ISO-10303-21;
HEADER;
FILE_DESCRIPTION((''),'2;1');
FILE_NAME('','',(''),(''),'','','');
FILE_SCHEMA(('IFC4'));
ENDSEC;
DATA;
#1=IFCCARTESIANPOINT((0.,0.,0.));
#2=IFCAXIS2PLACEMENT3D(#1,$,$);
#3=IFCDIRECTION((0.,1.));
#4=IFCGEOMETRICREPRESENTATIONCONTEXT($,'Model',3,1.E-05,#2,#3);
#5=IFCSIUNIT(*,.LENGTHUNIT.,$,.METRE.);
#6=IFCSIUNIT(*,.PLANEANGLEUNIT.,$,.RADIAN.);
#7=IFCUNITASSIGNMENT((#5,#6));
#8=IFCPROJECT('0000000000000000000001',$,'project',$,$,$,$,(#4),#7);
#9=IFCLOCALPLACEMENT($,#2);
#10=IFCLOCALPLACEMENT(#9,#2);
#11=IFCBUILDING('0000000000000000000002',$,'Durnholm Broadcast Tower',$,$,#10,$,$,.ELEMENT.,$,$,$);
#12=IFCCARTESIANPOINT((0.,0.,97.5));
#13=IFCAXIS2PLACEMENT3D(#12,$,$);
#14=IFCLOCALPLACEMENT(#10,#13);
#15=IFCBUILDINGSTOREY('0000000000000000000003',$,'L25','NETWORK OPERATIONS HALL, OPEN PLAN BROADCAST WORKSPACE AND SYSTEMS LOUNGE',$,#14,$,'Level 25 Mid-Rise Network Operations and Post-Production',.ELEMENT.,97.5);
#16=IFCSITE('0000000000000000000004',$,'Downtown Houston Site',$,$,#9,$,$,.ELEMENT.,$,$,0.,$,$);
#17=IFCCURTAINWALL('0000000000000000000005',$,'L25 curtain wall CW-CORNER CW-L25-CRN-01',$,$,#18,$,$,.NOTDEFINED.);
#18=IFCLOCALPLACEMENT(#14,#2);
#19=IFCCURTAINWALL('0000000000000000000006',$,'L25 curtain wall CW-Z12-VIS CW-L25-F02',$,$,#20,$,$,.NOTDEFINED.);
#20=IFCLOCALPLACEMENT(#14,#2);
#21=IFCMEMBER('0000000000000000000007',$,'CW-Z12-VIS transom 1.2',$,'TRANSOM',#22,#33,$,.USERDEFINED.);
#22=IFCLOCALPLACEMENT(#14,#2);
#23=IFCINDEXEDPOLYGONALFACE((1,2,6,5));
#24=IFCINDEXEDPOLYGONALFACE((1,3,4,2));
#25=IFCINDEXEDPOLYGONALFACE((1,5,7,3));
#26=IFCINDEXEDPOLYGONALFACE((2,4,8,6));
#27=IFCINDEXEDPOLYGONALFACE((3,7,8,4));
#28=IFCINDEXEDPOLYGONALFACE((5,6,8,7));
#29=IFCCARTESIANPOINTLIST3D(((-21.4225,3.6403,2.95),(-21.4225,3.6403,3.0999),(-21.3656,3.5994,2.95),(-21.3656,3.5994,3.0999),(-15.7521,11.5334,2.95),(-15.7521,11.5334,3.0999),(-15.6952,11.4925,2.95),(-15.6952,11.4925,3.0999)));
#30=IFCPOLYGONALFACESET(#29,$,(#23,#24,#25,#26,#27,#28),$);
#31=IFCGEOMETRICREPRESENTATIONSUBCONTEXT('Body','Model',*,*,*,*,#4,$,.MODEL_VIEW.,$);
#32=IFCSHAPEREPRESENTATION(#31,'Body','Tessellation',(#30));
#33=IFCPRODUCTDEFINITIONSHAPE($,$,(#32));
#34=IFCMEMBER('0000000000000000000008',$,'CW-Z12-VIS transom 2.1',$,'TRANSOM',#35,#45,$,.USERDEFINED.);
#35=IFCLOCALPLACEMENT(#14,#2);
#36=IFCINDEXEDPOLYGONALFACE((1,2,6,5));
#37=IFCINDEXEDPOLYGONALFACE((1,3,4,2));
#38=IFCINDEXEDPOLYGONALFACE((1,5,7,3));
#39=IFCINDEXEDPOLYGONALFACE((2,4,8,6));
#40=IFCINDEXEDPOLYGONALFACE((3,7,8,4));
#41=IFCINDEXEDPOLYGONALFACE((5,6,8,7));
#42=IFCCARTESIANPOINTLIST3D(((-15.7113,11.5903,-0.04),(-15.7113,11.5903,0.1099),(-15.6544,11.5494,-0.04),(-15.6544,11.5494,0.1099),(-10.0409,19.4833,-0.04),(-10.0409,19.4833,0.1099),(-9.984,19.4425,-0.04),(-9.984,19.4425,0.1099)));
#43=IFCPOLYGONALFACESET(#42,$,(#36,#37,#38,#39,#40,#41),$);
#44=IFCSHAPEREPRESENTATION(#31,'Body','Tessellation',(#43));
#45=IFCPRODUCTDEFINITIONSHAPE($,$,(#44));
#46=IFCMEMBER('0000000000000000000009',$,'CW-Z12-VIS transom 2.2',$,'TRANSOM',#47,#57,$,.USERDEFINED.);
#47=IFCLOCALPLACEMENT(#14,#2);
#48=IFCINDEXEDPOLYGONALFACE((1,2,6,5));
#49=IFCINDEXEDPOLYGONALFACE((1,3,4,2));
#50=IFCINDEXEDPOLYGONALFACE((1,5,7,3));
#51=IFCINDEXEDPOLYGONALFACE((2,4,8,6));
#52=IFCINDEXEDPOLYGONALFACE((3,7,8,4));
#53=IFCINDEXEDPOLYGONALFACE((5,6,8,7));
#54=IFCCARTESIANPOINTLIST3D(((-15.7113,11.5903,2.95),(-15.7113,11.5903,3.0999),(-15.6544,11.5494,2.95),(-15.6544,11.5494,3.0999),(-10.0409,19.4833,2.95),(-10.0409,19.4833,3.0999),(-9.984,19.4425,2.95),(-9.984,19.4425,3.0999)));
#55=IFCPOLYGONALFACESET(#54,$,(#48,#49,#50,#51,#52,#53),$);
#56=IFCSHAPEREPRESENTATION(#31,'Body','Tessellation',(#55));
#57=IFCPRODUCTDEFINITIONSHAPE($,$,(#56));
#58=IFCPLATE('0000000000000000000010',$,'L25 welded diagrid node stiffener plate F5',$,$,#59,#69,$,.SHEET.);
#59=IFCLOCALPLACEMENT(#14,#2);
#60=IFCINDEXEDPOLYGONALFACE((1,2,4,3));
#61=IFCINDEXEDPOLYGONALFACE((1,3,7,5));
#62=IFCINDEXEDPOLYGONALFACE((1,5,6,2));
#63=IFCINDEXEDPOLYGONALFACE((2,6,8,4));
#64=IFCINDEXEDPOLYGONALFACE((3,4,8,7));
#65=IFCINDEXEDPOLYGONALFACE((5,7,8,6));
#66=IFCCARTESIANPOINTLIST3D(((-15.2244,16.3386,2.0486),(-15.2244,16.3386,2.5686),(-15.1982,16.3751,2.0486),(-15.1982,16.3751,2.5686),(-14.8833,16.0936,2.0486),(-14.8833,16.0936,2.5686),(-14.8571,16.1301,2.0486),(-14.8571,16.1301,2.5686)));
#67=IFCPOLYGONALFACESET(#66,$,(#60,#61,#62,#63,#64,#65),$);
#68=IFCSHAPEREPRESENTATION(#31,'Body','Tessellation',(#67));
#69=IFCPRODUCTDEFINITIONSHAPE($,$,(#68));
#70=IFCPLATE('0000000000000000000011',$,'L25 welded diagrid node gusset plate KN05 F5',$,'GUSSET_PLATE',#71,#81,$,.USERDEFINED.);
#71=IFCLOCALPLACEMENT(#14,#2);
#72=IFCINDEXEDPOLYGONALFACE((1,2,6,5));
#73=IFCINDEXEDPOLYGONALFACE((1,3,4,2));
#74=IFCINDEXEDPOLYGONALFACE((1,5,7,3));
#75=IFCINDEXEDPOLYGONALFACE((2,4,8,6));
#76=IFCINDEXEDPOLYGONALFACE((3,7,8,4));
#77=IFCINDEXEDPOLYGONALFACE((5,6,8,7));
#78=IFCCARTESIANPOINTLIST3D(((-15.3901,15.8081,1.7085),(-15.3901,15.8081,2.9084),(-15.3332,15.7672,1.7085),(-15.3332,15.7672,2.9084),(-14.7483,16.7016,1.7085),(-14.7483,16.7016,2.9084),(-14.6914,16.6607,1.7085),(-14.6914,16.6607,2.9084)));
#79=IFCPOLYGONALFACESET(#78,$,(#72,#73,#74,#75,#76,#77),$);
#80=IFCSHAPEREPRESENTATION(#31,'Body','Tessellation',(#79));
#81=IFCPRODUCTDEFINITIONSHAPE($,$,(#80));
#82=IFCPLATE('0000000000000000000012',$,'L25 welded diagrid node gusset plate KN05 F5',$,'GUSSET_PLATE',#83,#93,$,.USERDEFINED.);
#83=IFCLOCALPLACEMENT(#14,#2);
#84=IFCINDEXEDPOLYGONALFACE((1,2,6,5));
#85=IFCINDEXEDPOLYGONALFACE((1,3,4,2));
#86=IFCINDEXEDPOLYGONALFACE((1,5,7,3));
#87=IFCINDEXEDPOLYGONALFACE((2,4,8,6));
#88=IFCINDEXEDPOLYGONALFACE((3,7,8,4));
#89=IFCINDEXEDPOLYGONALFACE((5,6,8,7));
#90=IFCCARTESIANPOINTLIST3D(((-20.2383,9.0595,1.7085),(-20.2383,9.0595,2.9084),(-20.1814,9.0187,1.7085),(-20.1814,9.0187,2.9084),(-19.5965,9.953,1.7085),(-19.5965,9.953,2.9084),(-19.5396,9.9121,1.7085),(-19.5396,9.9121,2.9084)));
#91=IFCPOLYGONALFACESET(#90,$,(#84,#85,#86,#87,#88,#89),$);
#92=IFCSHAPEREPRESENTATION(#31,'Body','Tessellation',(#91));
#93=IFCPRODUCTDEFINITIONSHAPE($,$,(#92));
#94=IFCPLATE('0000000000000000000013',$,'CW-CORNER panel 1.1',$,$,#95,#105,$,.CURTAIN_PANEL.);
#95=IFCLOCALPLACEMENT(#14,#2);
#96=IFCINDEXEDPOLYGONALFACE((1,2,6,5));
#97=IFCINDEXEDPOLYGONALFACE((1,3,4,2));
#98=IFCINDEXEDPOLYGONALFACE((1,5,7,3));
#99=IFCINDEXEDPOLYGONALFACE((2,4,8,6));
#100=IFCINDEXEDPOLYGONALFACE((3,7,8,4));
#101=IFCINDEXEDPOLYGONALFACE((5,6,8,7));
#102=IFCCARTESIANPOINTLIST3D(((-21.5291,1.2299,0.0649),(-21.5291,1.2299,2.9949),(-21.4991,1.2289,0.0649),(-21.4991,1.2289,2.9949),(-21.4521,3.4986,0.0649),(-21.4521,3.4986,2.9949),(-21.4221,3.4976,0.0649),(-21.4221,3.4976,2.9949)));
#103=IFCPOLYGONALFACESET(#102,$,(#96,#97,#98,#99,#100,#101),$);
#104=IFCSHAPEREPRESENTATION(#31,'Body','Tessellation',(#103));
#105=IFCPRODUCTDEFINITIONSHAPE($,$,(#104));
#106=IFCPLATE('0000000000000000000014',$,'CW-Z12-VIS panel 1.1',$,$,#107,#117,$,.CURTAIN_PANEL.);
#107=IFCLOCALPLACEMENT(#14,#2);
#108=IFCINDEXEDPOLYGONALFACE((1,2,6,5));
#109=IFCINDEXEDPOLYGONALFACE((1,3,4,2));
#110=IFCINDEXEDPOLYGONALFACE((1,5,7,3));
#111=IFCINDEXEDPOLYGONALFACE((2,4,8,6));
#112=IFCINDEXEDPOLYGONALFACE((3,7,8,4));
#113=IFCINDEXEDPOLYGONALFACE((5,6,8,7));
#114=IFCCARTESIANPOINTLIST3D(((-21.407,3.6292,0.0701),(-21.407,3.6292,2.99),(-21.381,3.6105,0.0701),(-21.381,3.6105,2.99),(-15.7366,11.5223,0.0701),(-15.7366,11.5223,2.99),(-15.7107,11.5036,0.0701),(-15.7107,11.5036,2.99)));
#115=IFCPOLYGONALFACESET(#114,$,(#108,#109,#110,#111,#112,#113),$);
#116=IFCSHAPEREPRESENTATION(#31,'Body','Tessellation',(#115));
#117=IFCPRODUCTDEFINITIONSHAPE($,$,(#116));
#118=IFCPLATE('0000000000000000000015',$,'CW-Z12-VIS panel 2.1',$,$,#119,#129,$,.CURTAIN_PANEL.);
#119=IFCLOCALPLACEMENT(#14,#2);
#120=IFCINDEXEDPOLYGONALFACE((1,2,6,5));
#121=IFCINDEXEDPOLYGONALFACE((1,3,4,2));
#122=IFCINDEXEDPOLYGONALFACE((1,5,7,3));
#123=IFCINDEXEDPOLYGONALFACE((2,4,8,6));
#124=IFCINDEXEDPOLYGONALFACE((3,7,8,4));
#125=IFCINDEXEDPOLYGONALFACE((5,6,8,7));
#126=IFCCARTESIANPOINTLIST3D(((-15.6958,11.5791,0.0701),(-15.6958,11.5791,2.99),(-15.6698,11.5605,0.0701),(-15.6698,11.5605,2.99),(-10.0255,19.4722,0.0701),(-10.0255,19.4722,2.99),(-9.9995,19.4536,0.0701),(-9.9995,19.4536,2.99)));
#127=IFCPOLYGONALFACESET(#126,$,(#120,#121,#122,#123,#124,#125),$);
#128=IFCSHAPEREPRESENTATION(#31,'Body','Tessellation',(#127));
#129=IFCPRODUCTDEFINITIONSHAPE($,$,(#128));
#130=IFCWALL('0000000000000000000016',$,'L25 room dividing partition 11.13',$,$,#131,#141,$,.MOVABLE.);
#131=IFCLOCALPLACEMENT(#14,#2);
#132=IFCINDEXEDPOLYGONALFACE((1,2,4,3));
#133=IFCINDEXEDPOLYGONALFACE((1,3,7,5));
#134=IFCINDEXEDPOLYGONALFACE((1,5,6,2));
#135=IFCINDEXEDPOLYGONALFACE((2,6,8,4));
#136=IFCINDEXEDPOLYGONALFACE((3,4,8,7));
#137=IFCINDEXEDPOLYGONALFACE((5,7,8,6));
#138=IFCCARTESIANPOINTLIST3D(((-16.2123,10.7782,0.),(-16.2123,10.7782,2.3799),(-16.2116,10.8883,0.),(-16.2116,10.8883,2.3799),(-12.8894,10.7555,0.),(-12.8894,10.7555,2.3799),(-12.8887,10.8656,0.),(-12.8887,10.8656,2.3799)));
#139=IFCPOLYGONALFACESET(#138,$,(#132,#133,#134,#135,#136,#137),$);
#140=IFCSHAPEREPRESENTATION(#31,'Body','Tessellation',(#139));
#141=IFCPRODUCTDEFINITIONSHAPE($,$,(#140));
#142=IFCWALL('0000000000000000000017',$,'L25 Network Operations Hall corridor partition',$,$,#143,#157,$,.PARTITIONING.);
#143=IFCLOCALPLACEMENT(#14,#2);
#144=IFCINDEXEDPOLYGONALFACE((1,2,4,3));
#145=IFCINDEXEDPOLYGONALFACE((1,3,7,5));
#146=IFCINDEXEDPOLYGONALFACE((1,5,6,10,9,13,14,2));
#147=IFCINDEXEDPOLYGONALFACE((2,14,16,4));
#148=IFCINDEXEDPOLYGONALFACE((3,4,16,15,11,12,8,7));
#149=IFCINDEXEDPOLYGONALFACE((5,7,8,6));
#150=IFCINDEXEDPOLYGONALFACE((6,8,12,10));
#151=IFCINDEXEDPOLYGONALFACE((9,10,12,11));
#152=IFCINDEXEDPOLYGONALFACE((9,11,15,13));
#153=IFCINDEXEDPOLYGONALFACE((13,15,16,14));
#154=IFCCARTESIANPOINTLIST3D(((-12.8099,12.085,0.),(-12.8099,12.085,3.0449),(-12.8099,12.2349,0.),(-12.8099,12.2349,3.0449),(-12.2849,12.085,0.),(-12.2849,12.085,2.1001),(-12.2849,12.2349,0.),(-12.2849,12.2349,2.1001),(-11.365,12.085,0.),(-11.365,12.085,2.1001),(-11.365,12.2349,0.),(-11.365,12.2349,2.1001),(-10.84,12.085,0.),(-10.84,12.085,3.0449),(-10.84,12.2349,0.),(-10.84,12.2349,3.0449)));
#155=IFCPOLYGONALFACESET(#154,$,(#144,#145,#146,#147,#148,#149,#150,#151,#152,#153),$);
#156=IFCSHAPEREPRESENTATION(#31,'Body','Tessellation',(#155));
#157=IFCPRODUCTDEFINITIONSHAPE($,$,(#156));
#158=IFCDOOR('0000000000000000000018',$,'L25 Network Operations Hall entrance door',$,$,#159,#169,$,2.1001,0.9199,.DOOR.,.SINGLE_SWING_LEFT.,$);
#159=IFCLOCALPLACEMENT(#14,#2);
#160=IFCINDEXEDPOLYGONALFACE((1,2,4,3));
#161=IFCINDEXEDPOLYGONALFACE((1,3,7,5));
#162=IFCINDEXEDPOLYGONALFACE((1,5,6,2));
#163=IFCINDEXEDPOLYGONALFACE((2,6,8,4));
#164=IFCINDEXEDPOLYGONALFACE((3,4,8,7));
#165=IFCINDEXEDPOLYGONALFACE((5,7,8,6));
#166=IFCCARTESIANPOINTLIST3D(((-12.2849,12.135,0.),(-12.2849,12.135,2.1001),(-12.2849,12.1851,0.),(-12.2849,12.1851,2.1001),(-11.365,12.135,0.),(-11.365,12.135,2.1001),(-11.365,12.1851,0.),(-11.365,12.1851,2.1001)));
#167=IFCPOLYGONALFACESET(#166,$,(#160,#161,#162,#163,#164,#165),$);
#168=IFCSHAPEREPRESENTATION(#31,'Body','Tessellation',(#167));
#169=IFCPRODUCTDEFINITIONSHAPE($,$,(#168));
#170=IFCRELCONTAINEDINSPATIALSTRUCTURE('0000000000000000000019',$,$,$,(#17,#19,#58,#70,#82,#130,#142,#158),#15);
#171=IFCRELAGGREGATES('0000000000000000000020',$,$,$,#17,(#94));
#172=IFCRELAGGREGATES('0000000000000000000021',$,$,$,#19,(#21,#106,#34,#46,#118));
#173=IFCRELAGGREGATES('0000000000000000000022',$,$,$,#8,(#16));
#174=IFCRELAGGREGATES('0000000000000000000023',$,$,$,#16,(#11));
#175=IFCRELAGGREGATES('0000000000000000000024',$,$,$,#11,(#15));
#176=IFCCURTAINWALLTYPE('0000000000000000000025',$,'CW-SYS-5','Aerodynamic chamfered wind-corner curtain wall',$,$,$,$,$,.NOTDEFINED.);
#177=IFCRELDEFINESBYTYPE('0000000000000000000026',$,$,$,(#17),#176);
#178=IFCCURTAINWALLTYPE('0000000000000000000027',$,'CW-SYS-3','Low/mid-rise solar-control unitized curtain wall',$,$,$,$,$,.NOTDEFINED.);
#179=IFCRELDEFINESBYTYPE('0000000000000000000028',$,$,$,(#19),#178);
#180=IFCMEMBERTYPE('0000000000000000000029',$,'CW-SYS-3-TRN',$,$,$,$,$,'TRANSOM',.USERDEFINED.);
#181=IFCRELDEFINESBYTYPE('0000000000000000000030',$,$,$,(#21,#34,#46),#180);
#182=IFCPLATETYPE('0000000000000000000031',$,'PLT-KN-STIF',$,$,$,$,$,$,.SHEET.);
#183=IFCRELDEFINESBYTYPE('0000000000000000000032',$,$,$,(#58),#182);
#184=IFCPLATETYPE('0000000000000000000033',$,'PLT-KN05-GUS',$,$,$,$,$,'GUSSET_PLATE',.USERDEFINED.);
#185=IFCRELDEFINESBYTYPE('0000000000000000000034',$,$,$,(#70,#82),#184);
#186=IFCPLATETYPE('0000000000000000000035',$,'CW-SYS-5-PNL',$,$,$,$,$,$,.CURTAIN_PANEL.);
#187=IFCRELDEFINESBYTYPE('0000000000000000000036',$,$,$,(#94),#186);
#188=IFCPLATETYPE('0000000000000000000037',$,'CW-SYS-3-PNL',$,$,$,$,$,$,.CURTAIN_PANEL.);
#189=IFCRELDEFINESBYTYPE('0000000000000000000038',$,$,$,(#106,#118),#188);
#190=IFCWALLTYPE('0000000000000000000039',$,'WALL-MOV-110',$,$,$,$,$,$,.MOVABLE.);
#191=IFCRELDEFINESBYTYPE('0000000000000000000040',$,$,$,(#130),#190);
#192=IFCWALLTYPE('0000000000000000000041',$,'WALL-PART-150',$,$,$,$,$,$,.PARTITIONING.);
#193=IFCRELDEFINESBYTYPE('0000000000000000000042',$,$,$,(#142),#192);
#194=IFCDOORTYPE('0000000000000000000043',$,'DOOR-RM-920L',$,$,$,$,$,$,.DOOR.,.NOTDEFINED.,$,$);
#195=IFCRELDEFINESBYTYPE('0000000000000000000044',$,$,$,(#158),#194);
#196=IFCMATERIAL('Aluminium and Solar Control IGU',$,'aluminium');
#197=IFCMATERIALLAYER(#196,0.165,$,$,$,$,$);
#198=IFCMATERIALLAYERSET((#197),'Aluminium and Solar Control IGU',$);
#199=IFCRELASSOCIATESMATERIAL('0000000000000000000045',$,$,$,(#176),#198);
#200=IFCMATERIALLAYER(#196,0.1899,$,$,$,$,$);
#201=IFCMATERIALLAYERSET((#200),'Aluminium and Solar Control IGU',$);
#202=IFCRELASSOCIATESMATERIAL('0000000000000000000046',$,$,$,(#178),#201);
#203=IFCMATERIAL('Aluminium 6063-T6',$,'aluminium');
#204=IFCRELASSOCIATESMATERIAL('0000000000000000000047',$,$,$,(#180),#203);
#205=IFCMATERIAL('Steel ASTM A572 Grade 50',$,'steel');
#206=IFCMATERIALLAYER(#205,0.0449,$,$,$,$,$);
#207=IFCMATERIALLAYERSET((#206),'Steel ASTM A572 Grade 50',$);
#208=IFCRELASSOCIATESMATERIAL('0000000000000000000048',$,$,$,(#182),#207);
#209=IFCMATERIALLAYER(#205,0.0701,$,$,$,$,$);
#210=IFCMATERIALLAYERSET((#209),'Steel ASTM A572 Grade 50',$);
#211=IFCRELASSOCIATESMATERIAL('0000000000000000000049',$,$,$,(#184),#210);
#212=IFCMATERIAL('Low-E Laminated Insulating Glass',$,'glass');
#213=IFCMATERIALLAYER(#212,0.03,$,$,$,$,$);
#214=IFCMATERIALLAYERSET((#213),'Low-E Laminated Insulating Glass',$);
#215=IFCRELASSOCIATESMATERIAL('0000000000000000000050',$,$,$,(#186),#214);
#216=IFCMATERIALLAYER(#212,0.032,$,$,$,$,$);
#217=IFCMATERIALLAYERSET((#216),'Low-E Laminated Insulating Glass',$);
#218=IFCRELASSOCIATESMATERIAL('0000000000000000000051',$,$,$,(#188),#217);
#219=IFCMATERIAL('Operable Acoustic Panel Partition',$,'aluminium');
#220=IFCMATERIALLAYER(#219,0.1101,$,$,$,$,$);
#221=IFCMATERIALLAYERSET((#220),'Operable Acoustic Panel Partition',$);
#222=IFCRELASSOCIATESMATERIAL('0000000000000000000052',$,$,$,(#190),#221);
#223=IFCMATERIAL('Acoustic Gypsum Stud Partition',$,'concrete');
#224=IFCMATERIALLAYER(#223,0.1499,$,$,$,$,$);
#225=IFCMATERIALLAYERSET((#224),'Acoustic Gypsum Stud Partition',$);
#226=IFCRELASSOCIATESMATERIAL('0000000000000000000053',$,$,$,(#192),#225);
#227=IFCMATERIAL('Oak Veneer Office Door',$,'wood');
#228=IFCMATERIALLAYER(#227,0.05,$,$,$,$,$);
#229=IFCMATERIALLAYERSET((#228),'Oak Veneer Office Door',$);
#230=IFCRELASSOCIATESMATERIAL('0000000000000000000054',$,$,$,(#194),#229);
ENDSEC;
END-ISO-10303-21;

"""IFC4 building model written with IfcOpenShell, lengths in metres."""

from ifc_helpers import new_model, si_unit, direction, frame, frame_2d, origin, origin_2d, place, context, subcontext, project, spatial, rectangle, extrude, source, transform, mapped, material, layer, layer_set, material_profile, profile_set, type_object, type_shapes, element, fill, aggregate, save


model = new_model("IFC4")

# Units and contexts
model_context = context("Model", 3, precision=1e-05, world=origin(), true_north=direction((0.0, 1.0)))
body_context = subcontext(model_context, "Body", "Model", "MODEL_VIEW")
ifc_project = project(units=[si_unit("LENGTHUNIT", "METRE"), si_unit("PLANEANGLEUNIT", "RADIAN")], contexts=[model_context])

# Site, building, storey
site_placement = place(None, origin())
site = spatial("IfcSite", under=ifc_project, at=site_placement, Name="Downtown Houston Site", CompositionType="ELEMENT", RefElevation=0.0)
building_placement = place(site_placement, origin())
building = spatial("IfcBuilding", under=site, at=building_placement, Name="Durnholm Broadcast Tower", CompositionType="ELEMENT")
storey_placement = place(building_placement, frame((0.0, 0.0, 97.5)))
storey = spatial("IfcBuildingStorey", under=building, at=storey_placement, Name="L25", Description="NETWORK OPERATIONS HALL, OPEN PLAN BROADCAST WORKSPACE AND SYSTEMS LOUNGE", LongName="Level 25 Mid-Rise Network Operations and Post-Production", CompositionType="ELEMENT", Elevation=97.5)

# Curtain wall
ifc_material_1 = material(Name="Aluminium and Solar Control IGU", Category="aluminium")
ifc_layer_1 = layer(ifc_material_1, 0.165)
ifc_layer_set_1 = layer_set([ifc_layer_1], Name="Aluminium and Solar Control IGU")
curtain_wall_type_1 = type_object("IfcCurtainWallType", Name="CW-SYS-5", Description="Aerodynamic chamfered wind-corner curtain wall", PredefinedType="NOTDEFINED", material=ifc_layer_set_1)
curtain_wall_1_placement = place(storey_placement, origin())
curtain_wall_1 = element("IfcCurtainWall", 1, at=curtain_wall_1_placement, inside=storey, type_object=curtain_wall_type_1, Name="L25 curtain wall CW-CORNER CW-L25-CRN-01", PredefinedType="NOTDEFINED")
ifc_material_2 = material(Name="Aluminium 6063-T6", Category="aluminium")

# Curtain wall
ifc_layer_2 = layer(ifc_material_1, 0.1899)
ifc_layer_set_2 = layer_set([ifc_layer_2], Name="Aluminium and Solar Control IGU")
curtain_wall_type_2 = type_object("IfcCurtainWallType", Name="CW-SYS-3", Description="Low/mid-rise solar-control unitized curtain wall", PredefinedType="NOTDEFINED", material=ifc_layer_set_2)
curtain_wall_2_placement = place(storey_placement, origin())
curtain_wall_2 = element("IfcCurtainWall", 2, at=curtain_wall_2_placement, inside=storey, type_object=curtain_wall_type_2, Name="L25 curtain wall CW-Z12-VIS CW-L25-F02", PredefinedType="NOTDEFINED")

# Members
ifc_material_profile_1 = material_profile(ifc_material_2, rectangle(XDim=0.0701, YDim=0.1499, at=origin_2d()), Name="CWT70X150")
ifc_profile_set_1 = profile_set([ifc_material_profile_1], Name="Aluminium 6063-T6")
member_type_1 = type_object("IfcMemberType", Name="CW-SYS-3-TRN", ElementType="TRANSOM", PredefinedType="USERDEFINED", material=ifc_profile_set_1)
shared_shape_1 = source(origin(), body_context, "Body", "SweptSolid", [
    extrude(rectangle(XDim=0.0701, YDim=0.1499, at=origin_2d()), origin(), (0.0, 0.0, 1.0), 9.7188),
])
type_shapes(member_type_1, [shared_shape_1])
member_1_placement = place(storey_placement, frame((-21.394, 3.6199, 3.0249), z_axis=(0.583451, 0.812149, 0.0), x_axis=(-0.812149, 0.583451, 0.0)))
member_1 = element("IfcMember", 3, at=member_1_placement, type_object=member_type_1, Name="CW-Z12-VIS transom 1.2", ObjectType="TRANSOM", PredefinedType="USERDEFINED", context=body_context, shape_type="MappedRepresentation", body=[
    mapped(shared_shape_1, transform((0.0, 0.0, 0.0), x_axis=(1.0, 0.0, 0.0), y_axis=(0.0, 1.0, 0.0), z_axis=(0.0, 0.0, 1.0), scale=1.0)),
])
member_2_placement = place(storey_placement, frame((-15.6829, 11.5698, 0.0349), z_axis=(0.583451, 0.812149, 0.0), x_axis=(-0.812149, 0.583451, 0.0)))
member_2 = element("IfcMember", 4, at=member_2_placement, type_object=member_type_1, Name="CW-Z12-VIS transom 2.1", ObjectType="TRANSOM", PredefinedType="USERDEFINED", context=body_context, shape_type="MappedRepresentation", body=[
    mapped(shared_shape_1, transform((0.0, 0.0, 0.0), x_axis=(1.0, 0.0, 0.0), y_axis=(0.0, 1.0, 0.0), z_axis=(0.0, 0.0, 1.0), scale=1.0)),
])
member_3_placement = place(storey_placement, frame((-15.6829, 11.5698, 3.0249), z_axis=(0.583451, 0.812149, 0.0), x_axis=(-0.812149, 0.583451, 0.0)))
member_3 = element("IfcMember", 5, at=member_3_placement, type_object=member_type_1, Name="CW-Z12-VIS transom 2.2", ObjectType="TRANSOM", PredefinedType="USERDEFINED", context=body_context, shape_type="MappedRepresentation", body=[
    mapped(shared_shape_1, transform((0.0, 0.0, 0.0), x_axis=(1.0, 0.0, 0.0), y_axis=(0.0, 1.0, 0.0), z_axis=(0.0, 0.0, 1.0), scale=1.0)),
])

# Plates
ifc_material_3 = material(Name="Steel ASTM A572 Grade 50", Category="steel")
ifc_layer_3 = layer(ifc_material_3, 0.0449)
ifc_layer_set_3 = layer_set([ifc_layer_3], Name="Steel ASTM A572 Grade 50")
plate_type_1 = type_object("IfcPlateType", Name="PLT-KN-STIF", PredefinedType="SHEET", material=ifc_layer_set_3)
shared_shape_2 = source(origin(), body_context, "Body", "SweptSolid", [
    extrude(rectangle(XDim=0.0449, YDim=0.4199, at=origin_2d()), origin(), (0.0, 0.0, 1.0), 0.52),
])
type_shapes(plate_type_1, [shared_shape_2])
plate_1_placement = place(storey_placement, frame((-15.0408, 16.2344, 2.0486), z_axis=(0.0, 0.0, 1.0), x_axis=(-0.583399, -0.812185, 0.0)))
element("IfcPlate", 6, at=plate_1_placement, inside=storey, type_object=plate_type_1, Name="L25 welded diagrid node stiffener plate F5", PredefinedType="SHEET", context=body_context, shape_type="MappedRepresentation", body=[
    mapped(shared_shape_2, transform((0.0, 0.0, 0.0), x_axis=(1.0, 0.0, 0.0), y_axis=(0.0, 1.0, 0.0), z_axis=(0.0, 0.0, 1.0), scale=1.0)),
])
ifc_layer_4 = layer(ifc_material_3, 0.0701)
ifc_layer_set_4 = layer_set([ifc_layer_4], Name="Steel ASTM A572 Grade 50")
plate_type_2 = type_object("IfcPlateType", Name="PLT-KN05-GUS", ElementType="GUSSET_PLATE", PredefinedType="USERDEFINED", material=ifc_layer_set_4)
shared_shape_3 = source(origin(), body_context, "Body", "SweptSolid", [
    extrude(rectangle(XDim=1.1001, YDim=0.0701, at=origin_2d()), origin(), (0.0, 0.0, 1.0), 1.2),
])
type_shapes(plate_type_2, [shared_shape_3])
for number, where, z_axis, x_axis, name in (
    (7, (-15.0408, 16.2344, 1.7085), (0.0, 0.0, 1.0), (-0.583399, -0.812185, 0.0), "L25 welded diagrid node gusset plate KN05 F5"),
    (8, (-19.8889, 9.4858, 1.7085), (0.0, 0.0, 1.0), (-0.583399, -0.812185, 0.0), "L25 welded diagrid node gusset plate KN05 F5"),
):
    element("IfcPlate", number, at=place(storey_placement, frame(where, z_axis=z_axis, x_axis=x_axis)), inside=storey, type_object=plate_type_2, Name=name, ObjectType="GUSSET_PLATE", PredefinedType="USERDEFINED", context=body_context, shape_type="MappedRepresentation", body=[
        mapped(shared_shape_3, transform((0.0, 0.0, 0.0), x_axis=(1.0, 0.0, 0.0), y_axis=(0.0, 1.0, 0.0), z_axis=(0.0, 0.0, 1.0), scale=1.0)),
    ])

# Plates
ifc_material_4 = material(Name="Low-E Laminated Insulating Glass", Category="glass")
ifc_layer_5 = layer(ifc_material_4, 0.03)
ifc_layer_set_5 = layer_set([ifc_layer_5], Name="Low-E Laminated Insulating Glass")
plate_type_3 = type_object("IfcPlateType", Name="CW-SYS-5-PNL", PredefinedType="CURTAIN_PANEL", material=ifc_layer_set_5)
shared_shape_4 = source(origin(), body_context, "Body", "SweptSolid", [
    extrude(rectangle(XDim=2.27, YDim=0.03, at=origin_2d()), origin(), (0.0, 0.0, 1.0), 2.9299),
])
type_shapes(plate_type_3, [shared_shape_4])
plate_2_placement = place(storey_placement, frame((-21.4756, 2.3638, 0.0649), z_axis=(0.0, 0.0, 1.0), x_axis=(0.033917, 0.999425, 0.0)))
plate_2 = element("IfcPlate", 9, at=plate_2_placement, type_object=plate_type_3, Name="CW-CORNER panel 1.1", PredefinedType="CURTAIN_PANEL", context=body_context, shape_type="MappedRepresentation", body=[
    mapped(shared_shape_4, transform((0.0, 0.0, 0.0), x_axis=(1.0, 0.0, 0.0), y_axis=(0.0, 1.0, 0.0), z_axis=(0.0, 0.0, 1.0), scale=1.0)),
])
aggregate(curtain_wall_1, [plate_2])
ifc_layer_6 = layer(ifc_material_4, 0.032)
ifc_layer_set_6 = layer_set([ifc_layer_6], Name="Low-E Laminated Insulating Glass")
plate_type_4 = type_object("IfcPlateType", Name="CW-SYS-3-PNL", PredefinedType="CURTAIN_PANEL", material=ifc_layer_set_6)
shared_shape_5 = source(origin(), body_context, "Body", "SweptSolid", [
    extrude(rectangle(XDim=9.7188, YDim=0.032, at=origin_2d()), origin(), (0.0, 0.0, 1.0), 2.9199),
])
type_shapes(plate_type_4, [shared_shape_5])
plate_3_placement = place(storey_placement, frame((-18.5588, 7.5664, 0.0701), z_axis=(0.0, 0.0, 1.0), x_axis=(0.583445, 0.812152, 0.0)))
plate_3 = element("IfcPlate", 10, at=plate_3_placement, type_object=plate_type_4, Name="CW-Z12-VIS panel 1.1", PredefinedType="CURTAIN_PANEL", context=body_context, shape_type="MappedRepresentation", body=[
    mapped(shared_shape_5, transform((0.0, 0.0, 0.0), x_axis=(1.0, 0.0, 0.0), y_axis=(0.0, 1.0, 0.0), z_axis=(0.0, 0.0, 1.0), scale=1.0)),
])
plate_4_placement = place(storey_placement, frame((-12.8477, 15.5164, 0.0701), z_axis=(0.0, 0.0, 1.0), x_axis=(0.583445, 0.812152, 0.0)))
plate_4 = element("IfcPlate", 11, at=plate_4_placement, type_object=plate_type_4, Name="CW-Z12-VIS panel 2.1", PredefinedType="CURTAIN_PANEL", context=body_context, shape_type="MappedRepresentation", body=[
    mapped(shared_shape_5, transform((0.0, 0.0, 0.0), x_axis=(1.0, 0.0, 0.0), y_axis=(0.0, 1.0, 0.0), z_axis=(0.0, 0.0, 1.0), scale=1.0)),
])
aggregate(curtain_wall_2, [member_1, plate_3, member_2, member_3, plate_4])

# Wall
ifc_material_5 = material(Name="Operable Acoustic Panel Partition", Category="aluminium")
ifc_layer_7 = layer(ifc_material_5, 0.1101)
ifc_layer_set_7 = layer_set([ifc_layer_7], Name="Operable Acoustic Panel Partition")
wall_type_1 = type_object("IfcWallType", Name="WALL-MOV-110", PredefinedType="MOVABLE", material=ifc_layer_set_7)
wall_1_placement = place(storey_placement, frame((-12.8889, 10.8105, 0.0), z_axis=(0.0, 0.0, 1.0), x_axis=(-0.999977, 0.006833, 0.0)))
element("IfcWall", 12, at=wall_1_placement, inside=storey, type_object=wall_type_1, Name="L25 room dividing partition 11.13", PredefinedType="MOVABLE", context=body_context, shape_type="SweptSolid", body=[
    extrude(rectangle(XDim=3.323, YDim=0.1101, at=frame_2d((1.6616, 0.0))), origin(), (0.0, 0.0, 1.0), 2.3799),
])

# Wall, opening, door
ifc_material_6 = material(Name="Acoustic Gypsum Stud Partition", Category="concrete")
ifc_layer_8 = layer(ifc_material_6, 0.1499)
ifc_layer_set_8 = layer_set([ifc_layer_8], Name="Acoustic Gypsum Stud Partition")
wall_type_2 = type_object("IfcWallType", Name="WALL-PART-150", PredefinedType="PARTITIONING", material=ifc_layer_set_8)
wall_2_placement = place(storey_placement, frame((-10.8401, 12.1599, 0.0), z_axis=(0.0, 0.0, 1.0), x_axis=(-1.0, 0.0, 0.0)))
wall_2 = element("IfcWall", 13, at=wall_2_placement, inside=storey, type_object=wall_type_2, Name="L25 Network Operations Hall corridor partition", PredefinedType="PARTITIONING", context=body_context, shape_type="SweptSolid", body=[
    extrude(rectangle(XDim=1.97, YDim=0.1499, at=frame_2d((0.9849, 0.0))), origin(), (0.0, 0.0, 1.0), 3.0449),
])
opening_1_placement = place(wall_2_placement, frame((0.5249, 0.0, 0.0)))
opening_1 = element("IfcOpeningElement", 14, at=opening_1_placement, cuts=wall_2, PredefinedType="OPENING", context=body_context, shape_type="SweptSolid", body=[
    extrude(rectangle(XDim=0.9199, YDim=2.1001, at=frame_2d((0.46, 1.05))), frame((0.0, 0.085, 0.0), z_axis=(0.0, -1.0, 0.0), x_axis=(1.0, 0.0, 0.0)), (0.0, 0.0, 1.0), 0.1699),
])
ifc_material_7 = material(Name="Oak Veneer Office Door", Category="wood")
ifc_layer_9 = layer(ifc_material_7, 0.05)
ifc_layer_set_9 = layer_set([ifc_layer_9], Name="Oak Veneer Office Door")
door_type = type_object("IfcDoorType", Name="DOOR-RM-920L", OperationType="NOTDEFINED", PredefinedType="DOOR", material=ifc_layer_set_9)
shared_shape_6 = source(origin(), body_context, "Body", "SweptSolid", [
    extrude(rectangle(XDim=0.9199, YDim=2.1001, at=frame_2d((0.46, 1.05))), frame((0.0, 0.0249, 0.0), z_axis=(0.0, -1.0, 0.0), x_axis=(1.0, 0.0, 0.0)), (0.0, 0.0, 1.0), 0.05),
])
type_shapes(door_type, [shared_shape_6])
door_1_placement = place(opening_1_placement, origin())
door_1 = element("IfcDoor", 15, at=door_1_placement, inside=storey, type_object=door_type, Name="L25 Network Operations Hall entrance door", OperationType="SINGLE_SWING_LEFT", OverallHeight=2.1001, OverallWidth=0.9199, PredefinedType="DOOR", context=body_context, shape_type="MappedRepresentation", body=[
    mapped(shared_shape_6, transform((0.0, 0.0, 0.0), x_axis=(1.0, 0.0, 0.0), y_axis=(0.0, 1.0, 0.0), z_axis=(0.0, 0.0, 1.0), scale=1.0)),
])
fill(opening_1, door_1)

save(model, "model.ifc")
